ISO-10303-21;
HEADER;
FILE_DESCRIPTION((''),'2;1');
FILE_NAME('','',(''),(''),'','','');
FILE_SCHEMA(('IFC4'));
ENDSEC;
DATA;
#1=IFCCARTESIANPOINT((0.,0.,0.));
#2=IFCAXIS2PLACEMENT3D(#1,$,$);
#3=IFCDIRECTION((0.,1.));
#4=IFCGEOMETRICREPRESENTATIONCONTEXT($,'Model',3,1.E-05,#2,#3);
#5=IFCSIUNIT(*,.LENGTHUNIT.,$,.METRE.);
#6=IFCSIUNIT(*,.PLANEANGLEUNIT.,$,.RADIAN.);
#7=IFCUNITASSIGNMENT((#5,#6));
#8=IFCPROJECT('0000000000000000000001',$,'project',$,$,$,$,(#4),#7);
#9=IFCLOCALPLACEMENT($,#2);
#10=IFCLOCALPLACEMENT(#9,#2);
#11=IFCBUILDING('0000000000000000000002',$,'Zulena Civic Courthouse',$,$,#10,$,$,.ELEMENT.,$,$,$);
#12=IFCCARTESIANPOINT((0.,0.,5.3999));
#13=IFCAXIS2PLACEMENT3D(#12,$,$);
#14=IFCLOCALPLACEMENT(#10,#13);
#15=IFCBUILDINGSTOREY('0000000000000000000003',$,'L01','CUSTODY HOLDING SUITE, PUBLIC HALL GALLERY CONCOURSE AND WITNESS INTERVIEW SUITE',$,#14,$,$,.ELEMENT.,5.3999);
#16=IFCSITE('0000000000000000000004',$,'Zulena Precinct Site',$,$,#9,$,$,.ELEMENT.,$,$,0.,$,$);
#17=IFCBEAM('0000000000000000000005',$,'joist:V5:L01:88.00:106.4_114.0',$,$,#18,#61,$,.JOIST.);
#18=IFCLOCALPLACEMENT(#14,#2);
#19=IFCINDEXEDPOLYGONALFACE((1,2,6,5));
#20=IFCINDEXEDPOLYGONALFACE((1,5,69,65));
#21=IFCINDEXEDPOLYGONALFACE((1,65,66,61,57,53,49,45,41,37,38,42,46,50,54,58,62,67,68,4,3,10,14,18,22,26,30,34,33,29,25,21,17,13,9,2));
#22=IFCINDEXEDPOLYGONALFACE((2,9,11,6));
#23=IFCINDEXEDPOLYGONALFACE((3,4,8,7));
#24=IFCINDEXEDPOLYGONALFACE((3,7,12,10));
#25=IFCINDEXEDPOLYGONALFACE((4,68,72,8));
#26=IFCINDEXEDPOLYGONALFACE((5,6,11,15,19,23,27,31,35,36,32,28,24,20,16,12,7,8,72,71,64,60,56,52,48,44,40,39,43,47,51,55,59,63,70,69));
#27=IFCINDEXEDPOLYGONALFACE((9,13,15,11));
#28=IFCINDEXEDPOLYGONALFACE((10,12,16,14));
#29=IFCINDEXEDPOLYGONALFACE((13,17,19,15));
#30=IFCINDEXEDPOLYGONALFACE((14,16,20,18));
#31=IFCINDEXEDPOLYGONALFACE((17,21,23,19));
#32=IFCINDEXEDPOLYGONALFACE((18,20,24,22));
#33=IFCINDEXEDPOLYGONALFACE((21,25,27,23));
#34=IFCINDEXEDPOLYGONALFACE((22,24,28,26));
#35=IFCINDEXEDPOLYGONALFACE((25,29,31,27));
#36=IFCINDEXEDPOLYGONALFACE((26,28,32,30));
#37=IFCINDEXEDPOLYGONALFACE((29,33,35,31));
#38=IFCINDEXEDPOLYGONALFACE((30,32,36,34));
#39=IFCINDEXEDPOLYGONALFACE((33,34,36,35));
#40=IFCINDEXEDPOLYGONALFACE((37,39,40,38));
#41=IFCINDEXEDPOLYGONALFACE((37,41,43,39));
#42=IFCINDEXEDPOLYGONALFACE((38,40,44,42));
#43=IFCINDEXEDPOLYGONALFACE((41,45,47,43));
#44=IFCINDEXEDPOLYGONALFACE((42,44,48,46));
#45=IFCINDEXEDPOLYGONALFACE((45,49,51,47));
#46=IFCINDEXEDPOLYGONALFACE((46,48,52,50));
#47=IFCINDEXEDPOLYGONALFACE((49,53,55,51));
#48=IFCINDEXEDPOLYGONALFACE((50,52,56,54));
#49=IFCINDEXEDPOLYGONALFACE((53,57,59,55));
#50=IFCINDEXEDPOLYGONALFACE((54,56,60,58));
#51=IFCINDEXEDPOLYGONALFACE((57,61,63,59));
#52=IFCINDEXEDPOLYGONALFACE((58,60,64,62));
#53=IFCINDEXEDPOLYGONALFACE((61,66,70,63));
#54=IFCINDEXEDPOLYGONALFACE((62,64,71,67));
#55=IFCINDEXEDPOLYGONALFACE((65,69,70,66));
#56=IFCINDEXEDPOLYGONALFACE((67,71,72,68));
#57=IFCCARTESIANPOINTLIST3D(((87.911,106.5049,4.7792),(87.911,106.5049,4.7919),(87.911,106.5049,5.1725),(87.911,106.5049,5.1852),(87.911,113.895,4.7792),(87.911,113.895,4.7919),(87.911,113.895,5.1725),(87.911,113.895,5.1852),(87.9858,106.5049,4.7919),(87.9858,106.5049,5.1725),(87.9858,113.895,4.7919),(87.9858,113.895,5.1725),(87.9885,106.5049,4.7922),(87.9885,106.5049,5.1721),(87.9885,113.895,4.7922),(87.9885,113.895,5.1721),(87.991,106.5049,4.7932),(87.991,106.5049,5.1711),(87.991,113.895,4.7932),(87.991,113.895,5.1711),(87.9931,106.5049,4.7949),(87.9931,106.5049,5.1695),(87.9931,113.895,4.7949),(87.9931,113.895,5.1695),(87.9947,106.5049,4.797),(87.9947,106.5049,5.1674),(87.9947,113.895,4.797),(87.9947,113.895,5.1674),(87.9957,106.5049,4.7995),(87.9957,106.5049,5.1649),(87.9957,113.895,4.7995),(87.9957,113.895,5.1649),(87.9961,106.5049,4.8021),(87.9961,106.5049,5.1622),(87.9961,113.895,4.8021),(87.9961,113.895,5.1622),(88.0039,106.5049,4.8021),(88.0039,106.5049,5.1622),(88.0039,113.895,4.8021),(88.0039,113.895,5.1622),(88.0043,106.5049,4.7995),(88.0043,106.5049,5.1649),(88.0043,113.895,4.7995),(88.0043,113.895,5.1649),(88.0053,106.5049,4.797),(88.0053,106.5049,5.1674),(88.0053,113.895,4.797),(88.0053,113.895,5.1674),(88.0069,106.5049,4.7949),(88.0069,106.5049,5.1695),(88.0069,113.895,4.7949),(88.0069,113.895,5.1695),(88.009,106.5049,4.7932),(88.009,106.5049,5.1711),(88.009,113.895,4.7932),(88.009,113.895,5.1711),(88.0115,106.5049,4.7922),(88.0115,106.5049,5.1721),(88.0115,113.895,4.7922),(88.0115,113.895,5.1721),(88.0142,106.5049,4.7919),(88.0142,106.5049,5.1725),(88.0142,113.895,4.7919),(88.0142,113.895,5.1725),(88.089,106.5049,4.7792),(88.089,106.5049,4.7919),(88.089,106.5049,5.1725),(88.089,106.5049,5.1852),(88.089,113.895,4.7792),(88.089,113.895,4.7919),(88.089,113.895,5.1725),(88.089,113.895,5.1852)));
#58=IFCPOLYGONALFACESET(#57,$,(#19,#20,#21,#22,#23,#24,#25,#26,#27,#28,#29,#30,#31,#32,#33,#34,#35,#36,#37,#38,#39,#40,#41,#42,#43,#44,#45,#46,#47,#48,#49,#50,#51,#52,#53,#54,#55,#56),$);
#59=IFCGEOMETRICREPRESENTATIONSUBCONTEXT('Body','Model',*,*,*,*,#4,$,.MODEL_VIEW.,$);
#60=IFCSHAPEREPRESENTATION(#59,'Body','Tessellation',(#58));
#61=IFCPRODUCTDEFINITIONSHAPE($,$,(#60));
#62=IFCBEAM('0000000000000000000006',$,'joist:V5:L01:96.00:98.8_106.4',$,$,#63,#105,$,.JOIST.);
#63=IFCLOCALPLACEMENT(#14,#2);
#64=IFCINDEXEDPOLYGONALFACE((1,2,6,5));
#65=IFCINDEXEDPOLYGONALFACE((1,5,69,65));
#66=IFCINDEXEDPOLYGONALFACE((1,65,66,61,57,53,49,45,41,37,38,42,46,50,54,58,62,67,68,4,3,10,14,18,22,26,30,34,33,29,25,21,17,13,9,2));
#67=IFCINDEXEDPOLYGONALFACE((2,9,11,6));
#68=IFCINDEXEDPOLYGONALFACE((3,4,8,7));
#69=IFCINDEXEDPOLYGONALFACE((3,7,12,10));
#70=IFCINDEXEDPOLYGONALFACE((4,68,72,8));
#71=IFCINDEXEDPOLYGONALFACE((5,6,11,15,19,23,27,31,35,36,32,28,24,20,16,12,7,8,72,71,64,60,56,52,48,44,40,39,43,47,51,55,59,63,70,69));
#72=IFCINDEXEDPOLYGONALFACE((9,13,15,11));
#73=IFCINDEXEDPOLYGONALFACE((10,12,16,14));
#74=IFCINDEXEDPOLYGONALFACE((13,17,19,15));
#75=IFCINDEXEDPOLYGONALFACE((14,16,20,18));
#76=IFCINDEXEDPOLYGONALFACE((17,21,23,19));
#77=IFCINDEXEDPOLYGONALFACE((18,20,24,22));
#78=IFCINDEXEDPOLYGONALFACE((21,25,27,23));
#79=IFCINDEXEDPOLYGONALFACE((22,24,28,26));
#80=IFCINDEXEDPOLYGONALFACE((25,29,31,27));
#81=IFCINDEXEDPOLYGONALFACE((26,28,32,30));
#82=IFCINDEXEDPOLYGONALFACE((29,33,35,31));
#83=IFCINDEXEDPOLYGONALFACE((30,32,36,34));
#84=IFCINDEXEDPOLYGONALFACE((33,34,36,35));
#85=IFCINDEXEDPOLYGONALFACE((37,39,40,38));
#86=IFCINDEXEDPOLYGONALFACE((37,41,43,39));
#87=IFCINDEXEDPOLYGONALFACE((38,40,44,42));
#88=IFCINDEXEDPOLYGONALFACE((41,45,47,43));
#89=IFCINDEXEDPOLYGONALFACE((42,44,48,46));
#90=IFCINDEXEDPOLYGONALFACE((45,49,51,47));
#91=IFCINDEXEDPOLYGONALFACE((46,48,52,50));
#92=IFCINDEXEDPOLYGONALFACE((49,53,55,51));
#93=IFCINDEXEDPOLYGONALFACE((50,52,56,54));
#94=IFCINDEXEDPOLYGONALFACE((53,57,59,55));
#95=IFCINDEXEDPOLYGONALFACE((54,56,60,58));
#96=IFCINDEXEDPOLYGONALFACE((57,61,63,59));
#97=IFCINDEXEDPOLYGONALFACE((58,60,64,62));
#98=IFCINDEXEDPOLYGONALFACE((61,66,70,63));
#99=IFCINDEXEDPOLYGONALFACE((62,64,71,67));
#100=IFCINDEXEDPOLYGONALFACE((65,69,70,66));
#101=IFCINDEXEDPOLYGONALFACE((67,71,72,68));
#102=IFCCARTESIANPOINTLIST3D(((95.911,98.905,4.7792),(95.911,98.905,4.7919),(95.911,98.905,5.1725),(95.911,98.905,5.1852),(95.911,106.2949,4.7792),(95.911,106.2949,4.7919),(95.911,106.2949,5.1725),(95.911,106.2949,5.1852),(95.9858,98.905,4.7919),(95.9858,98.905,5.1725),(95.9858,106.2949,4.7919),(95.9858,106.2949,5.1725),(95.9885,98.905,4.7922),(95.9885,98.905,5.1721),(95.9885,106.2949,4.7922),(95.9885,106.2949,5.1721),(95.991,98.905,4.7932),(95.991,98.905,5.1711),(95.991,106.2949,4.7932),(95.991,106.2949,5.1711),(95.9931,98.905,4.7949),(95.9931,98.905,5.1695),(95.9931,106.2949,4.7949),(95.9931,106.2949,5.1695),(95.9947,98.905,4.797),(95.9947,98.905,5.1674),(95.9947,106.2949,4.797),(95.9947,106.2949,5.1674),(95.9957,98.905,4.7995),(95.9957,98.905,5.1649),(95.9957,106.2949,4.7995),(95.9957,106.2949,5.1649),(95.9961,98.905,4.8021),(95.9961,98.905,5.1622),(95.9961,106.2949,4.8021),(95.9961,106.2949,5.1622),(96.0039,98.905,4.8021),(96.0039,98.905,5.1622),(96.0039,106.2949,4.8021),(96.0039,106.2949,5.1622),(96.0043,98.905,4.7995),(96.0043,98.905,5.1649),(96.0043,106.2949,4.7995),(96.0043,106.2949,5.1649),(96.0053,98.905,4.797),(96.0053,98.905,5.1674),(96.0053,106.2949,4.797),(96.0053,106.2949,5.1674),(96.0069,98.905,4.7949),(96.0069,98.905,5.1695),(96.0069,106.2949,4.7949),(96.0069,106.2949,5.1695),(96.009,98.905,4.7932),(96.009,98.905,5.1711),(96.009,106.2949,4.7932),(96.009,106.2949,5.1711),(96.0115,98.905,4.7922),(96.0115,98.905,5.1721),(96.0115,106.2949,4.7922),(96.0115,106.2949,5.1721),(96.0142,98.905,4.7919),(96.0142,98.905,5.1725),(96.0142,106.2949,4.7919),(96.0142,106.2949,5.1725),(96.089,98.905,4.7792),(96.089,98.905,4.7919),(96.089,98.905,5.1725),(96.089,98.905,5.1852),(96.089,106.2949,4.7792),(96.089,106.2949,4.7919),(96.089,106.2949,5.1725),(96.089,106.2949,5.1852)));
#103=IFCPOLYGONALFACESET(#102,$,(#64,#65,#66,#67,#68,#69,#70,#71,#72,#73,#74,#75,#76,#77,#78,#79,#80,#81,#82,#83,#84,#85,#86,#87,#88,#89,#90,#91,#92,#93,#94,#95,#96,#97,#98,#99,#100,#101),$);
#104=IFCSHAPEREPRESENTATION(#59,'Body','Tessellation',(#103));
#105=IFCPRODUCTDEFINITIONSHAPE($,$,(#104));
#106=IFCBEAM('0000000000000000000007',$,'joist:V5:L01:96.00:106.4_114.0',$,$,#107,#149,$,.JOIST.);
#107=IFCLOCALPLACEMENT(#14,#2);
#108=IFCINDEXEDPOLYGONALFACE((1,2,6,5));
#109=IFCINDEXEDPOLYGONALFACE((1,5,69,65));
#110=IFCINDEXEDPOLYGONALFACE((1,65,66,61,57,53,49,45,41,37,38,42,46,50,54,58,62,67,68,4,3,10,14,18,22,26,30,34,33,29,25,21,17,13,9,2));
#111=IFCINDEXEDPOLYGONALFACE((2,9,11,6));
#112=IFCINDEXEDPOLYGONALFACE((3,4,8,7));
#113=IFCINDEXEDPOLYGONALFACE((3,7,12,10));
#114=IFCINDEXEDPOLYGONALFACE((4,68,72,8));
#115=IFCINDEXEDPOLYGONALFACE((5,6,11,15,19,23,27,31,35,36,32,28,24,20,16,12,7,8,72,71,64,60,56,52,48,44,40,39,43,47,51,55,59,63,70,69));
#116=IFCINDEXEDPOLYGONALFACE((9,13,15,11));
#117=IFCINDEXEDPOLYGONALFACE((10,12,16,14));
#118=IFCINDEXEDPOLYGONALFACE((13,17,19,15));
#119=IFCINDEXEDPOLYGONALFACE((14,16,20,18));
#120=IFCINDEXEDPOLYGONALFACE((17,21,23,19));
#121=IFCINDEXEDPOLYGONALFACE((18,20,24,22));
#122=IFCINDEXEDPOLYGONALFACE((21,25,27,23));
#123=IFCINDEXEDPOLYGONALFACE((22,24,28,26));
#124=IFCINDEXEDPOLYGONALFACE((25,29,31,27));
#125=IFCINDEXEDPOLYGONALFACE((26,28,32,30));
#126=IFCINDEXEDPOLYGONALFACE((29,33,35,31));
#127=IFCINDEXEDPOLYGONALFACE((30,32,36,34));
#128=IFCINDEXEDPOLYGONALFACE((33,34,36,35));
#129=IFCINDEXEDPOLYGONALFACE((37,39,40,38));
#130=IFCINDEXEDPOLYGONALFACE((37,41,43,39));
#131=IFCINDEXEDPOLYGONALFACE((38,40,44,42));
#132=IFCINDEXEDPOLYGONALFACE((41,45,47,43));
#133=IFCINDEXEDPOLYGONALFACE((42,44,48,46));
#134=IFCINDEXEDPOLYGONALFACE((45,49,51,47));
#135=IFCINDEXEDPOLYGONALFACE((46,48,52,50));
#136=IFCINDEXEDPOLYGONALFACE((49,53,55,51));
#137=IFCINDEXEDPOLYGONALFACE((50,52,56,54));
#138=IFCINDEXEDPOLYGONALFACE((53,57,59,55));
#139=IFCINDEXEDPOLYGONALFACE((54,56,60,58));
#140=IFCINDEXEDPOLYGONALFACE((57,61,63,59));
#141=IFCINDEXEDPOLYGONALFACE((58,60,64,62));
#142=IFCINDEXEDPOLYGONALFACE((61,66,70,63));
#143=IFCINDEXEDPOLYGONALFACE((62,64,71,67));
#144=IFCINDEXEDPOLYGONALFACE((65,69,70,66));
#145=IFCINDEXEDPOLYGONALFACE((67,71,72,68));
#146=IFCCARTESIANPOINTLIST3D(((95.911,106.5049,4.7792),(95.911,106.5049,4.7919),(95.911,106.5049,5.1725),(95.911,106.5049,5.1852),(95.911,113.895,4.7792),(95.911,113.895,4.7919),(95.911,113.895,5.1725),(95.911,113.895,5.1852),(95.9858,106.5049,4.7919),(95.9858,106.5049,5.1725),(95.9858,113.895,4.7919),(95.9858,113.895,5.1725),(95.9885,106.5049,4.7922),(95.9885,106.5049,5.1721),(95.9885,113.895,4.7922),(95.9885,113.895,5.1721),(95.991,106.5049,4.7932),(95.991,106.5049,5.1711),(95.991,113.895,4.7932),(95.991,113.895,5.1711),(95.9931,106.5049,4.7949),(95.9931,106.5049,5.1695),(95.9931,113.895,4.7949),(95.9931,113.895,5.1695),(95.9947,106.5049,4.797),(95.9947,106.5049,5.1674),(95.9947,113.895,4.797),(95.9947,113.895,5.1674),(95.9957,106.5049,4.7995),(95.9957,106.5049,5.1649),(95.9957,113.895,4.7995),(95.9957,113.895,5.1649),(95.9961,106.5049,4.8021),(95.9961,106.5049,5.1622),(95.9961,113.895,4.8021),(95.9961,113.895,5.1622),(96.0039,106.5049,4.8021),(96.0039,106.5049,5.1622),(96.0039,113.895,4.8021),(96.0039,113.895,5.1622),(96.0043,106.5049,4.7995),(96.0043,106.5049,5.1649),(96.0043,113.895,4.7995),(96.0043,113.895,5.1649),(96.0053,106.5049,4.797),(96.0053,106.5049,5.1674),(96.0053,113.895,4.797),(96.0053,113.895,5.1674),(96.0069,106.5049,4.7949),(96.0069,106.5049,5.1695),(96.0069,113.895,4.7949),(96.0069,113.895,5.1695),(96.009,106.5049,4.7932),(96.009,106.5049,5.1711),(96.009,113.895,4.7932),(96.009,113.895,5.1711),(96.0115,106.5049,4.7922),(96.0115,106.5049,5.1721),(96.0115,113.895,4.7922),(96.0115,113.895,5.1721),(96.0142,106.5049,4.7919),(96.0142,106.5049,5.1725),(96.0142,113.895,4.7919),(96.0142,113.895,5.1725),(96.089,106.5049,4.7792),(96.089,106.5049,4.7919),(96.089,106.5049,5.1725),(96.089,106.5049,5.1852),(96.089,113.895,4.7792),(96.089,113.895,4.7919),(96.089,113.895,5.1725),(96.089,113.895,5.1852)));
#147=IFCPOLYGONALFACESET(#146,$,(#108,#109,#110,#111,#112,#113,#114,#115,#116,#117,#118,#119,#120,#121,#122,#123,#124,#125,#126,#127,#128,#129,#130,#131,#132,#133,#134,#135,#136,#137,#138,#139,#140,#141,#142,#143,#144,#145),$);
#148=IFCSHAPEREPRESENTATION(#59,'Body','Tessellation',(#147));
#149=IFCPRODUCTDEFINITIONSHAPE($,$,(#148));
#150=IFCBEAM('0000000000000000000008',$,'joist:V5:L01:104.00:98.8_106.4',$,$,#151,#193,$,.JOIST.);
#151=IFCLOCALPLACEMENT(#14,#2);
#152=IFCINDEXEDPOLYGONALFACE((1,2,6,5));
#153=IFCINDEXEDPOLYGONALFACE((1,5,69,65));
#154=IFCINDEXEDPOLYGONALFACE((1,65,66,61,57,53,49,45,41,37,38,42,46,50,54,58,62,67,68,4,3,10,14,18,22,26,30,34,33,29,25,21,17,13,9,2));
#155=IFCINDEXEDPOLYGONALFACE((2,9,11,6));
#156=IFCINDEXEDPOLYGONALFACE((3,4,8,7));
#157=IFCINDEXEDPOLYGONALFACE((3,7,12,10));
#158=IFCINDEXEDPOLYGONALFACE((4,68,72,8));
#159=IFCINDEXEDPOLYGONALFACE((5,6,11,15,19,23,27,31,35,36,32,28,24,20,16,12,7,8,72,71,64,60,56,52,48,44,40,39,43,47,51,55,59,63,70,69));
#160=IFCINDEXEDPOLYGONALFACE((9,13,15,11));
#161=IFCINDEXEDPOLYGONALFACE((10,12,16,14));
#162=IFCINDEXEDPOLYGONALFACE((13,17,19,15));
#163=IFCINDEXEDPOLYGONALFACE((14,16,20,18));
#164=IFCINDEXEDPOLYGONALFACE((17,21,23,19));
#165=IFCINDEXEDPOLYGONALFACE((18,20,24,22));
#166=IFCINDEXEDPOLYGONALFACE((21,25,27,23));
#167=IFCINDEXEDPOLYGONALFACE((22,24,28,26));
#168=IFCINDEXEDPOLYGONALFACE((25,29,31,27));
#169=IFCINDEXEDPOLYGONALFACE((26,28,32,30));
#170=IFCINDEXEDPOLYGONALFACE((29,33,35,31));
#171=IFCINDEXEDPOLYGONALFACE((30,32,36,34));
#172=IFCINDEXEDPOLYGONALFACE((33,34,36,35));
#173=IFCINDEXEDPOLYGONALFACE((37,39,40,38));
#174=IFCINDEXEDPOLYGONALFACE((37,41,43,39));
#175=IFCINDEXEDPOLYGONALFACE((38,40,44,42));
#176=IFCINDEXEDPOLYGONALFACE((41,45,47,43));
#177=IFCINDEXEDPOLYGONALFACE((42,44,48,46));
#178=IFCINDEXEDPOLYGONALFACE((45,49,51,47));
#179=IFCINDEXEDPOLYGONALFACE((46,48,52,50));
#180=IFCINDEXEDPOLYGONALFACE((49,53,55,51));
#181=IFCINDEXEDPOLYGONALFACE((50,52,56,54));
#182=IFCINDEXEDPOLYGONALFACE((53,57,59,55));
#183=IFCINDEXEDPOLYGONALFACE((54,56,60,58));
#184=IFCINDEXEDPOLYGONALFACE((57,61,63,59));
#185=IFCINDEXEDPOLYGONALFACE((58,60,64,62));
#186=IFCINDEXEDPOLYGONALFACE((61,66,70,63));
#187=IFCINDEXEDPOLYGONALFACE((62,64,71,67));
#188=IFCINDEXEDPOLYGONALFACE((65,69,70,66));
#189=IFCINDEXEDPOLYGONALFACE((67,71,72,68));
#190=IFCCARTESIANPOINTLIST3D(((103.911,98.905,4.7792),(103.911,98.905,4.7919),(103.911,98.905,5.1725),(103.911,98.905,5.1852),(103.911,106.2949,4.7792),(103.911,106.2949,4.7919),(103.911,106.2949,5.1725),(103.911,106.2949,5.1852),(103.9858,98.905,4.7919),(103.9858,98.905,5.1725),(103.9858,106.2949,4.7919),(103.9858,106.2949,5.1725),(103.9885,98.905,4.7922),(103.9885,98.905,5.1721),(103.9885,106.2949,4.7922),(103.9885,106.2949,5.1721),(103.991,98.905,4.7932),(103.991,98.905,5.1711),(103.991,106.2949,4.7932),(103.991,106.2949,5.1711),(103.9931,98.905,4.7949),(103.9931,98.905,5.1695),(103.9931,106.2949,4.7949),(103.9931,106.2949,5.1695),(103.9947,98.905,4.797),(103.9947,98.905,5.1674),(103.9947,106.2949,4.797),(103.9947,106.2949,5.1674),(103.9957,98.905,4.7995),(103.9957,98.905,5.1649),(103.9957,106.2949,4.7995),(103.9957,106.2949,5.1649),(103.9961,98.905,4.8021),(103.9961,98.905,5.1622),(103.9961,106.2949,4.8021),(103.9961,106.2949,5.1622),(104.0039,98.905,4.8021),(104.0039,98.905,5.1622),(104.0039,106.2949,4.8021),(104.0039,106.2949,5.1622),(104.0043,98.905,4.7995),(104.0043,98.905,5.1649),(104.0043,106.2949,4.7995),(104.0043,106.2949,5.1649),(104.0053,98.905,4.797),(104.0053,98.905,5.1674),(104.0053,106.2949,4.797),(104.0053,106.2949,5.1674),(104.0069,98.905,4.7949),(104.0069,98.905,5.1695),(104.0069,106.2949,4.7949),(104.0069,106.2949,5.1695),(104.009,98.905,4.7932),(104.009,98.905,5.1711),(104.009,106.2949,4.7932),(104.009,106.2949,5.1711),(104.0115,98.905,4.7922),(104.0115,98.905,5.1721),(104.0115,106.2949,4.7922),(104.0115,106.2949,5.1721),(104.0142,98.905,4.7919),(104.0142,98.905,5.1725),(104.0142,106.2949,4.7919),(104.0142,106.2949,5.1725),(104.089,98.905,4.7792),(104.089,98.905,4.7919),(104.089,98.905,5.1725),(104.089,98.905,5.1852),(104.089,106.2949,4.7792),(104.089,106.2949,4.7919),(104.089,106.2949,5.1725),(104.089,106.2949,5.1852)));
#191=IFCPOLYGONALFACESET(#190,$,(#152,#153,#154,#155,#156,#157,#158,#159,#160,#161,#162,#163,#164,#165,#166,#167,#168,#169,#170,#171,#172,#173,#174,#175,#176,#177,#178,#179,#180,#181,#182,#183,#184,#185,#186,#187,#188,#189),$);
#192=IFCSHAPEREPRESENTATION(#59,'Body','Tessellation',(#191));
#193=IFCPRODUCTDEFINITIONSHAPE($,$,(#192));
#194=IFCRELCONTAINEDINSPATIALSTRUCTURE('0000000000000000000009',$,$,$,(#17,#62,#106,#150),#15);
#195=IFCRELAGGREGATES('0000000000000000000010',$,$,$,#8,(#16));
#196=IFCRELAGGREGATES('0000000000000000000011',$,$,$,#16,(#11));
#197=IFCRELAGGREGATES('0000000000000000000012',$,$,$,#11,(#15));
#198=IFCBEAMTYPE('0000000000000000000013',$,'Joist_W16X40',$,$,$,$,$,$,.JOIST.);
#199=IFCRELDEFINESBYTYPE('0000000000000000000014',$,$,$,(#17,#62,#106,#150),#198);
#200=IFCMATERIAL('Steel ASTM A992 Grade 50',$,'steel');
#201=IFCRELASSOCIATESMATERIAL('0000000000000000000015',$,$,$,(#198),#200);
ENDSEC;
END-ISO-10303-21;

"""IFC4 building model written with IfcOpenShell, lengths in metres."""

from ifc_helpers import new_model, si_unit, direction, frame, origin, origin_2d, place, context, subcontext, project, spatial, i_section, extrude, material, material_profile, profile_set, type_object, element, save


model = new_model("IFC4")

# Units and contexts
model_context = context("Model", 3, precision=1e-05, world=origin(), true_north=direction((0.0, 1.0)))
body_context = subcontext(model_context, "Body", "Model", "MODEL_VIEW")
ifc_project = project(units=[si_unit("LENGTHUNIT", "METRE"), si_unit("PLANEANGLEUNIT", "RADIAN")], contexts=[model_context])

# Site, building, storey
site_placement = place(None, origin())
site = spatial("IfcSite", under=ifc_project, at=site_placement, Name="Zulena Precinct Site", CompositionType="ELEMENT", RefElevation=0.0)
building_placement = place(site_placement, origin())
building = spatial("IfcBuilding", under=site, at=building_placement, Name="Zulena Civic Courthouse", CompositionType="ELEMENT")
storey_placement = place(building_placement, frame((0.0, 0.0, 5.3999)))
storey = spatial("IfcBuildingStorey", under=building, at=storey_placement, Name="L01", Description="CUSTODY HOLDING SUITE, PUBLIC HALL GALLERY CONCOURSE AND WITNESS INTERVIEW SUITE", CompositionType="ELEMENT", Elevation=5.3999)

# Shared definitions
ifc_material_1 = material(Name="Steel ASTM A992 Grade 50", Category="steel")

# Beams
ifc_material_profile_1 = material_profile(ifc_material_1, i_section(OverallWidth=0.178, OverallDepth=0.406, WebThickness=0.0078, FlangeThickness=0.0127, FilletRadius=0.0103, at=origin_2d()), Name="W16X40")
ifc_profile_set_1 = profile_set([ifc_material_profile_1], Name="Steel ASTM A992 Grade 50")
beam_type_1 = type_object("IfcBeamType", Name="Joist_W16X40", PredefinedType="JOIST", material=ifc_profile_set_1)
beam_1_placement = place(storey_placement, frame((88.0, 106.5049, 4.9822), z_axis=(0.0, 1.0, 0.0), x_axis=(-1.0, 0.0, 0.0)))
element("IfcBeam", 1, at=beam_1_placement, inside=storey, type_object=beam_type_1, Name="joist:V5:L01:88.00:106.4_114.0", PredefinedType="JOIST", context=body_context, shape_type="SweptSolid", body=[
    extrude(i_section(OverallWidth=0.178, OverallDepth=0.406, WebThickness=0.0078, FlangeThickness=0.0127, FilletRadius=0.0103, at=origin_2d()), origin(), (0.0, 0.0, 1.0), 7.3901),
])
beam_2_placement = place(storey_placement, frame((96.0, 98.905, 4.9822), z_axis=(0.0, 1.0, 0.0), x_axis=(-1.0, 0.0, 0.0)))
element("IfcBeam", 2, at=beam_2_placement, inside=storey, type_object=beam_type_1, Name="joist:V5:L01:96.00:98.8_106.4", PredefinedType="JOIST", context=body_context, shape_type="SweptSolid", body=[
    extrude(i_section(OverallWidth=0.178, OverallDepth=0.406, WebThickness=0.0078, FlangeThickness=0.0127, FilletRadius=0.0103, at=origin_2d()), origin(), (0.0, 0.0, 1.0), 7.3899),
])
beam_3_placement = place(storey_placement, frame((96.0, 106.5049, 4.9822), z_axis=(0.0, 1.0, 0.0), x_axis=(-1.0, 0.0, 0.0)))
element("IfcBeam", 3, at=beam_3_placement, inside=storey, type_object=beam_type_1, Name="joist:V5:L01:96.00:106.4_114.0", PredefinedType="JOIST", context=body_context, shape_type="SweptSolid", body=[
    extrude(i_section(OverallWidth=0.178, OverallDepth=0.406, WebThickness=0.0078, FlangeThickness=0.0127, FilletRadius=0.0103, at=origin_2d()), origin(), (0.0, 0.0, 1.0), 7.3901),
])
beam_4_placement = place(storey_placement, frame((104.0, 98.905, 4.9822), z_axis=(0.0, 1.0, 0.0), x_axis=(-1.0, 0.0, 0.0)))
element("IfcBeam", 4, at=beam_4_placement, inside=storey, type_object=beam_type_1, Name="joist:V5:L01:104.00:98.8_106.4", PredefinedType="JOIST", context=body_context, shape_type="SweptSolid", body=[
    extrude(i_section(OverallWidth=0.178, OverallDepth=0.406, WebThickness=0.0078, FlangeThickness=0.0127, FilletRadius=0.0103, at=origin_2d()), origin(), (0.0, 0.0, 1.0), 7.3899),
])

save(model, "model.ifc")
